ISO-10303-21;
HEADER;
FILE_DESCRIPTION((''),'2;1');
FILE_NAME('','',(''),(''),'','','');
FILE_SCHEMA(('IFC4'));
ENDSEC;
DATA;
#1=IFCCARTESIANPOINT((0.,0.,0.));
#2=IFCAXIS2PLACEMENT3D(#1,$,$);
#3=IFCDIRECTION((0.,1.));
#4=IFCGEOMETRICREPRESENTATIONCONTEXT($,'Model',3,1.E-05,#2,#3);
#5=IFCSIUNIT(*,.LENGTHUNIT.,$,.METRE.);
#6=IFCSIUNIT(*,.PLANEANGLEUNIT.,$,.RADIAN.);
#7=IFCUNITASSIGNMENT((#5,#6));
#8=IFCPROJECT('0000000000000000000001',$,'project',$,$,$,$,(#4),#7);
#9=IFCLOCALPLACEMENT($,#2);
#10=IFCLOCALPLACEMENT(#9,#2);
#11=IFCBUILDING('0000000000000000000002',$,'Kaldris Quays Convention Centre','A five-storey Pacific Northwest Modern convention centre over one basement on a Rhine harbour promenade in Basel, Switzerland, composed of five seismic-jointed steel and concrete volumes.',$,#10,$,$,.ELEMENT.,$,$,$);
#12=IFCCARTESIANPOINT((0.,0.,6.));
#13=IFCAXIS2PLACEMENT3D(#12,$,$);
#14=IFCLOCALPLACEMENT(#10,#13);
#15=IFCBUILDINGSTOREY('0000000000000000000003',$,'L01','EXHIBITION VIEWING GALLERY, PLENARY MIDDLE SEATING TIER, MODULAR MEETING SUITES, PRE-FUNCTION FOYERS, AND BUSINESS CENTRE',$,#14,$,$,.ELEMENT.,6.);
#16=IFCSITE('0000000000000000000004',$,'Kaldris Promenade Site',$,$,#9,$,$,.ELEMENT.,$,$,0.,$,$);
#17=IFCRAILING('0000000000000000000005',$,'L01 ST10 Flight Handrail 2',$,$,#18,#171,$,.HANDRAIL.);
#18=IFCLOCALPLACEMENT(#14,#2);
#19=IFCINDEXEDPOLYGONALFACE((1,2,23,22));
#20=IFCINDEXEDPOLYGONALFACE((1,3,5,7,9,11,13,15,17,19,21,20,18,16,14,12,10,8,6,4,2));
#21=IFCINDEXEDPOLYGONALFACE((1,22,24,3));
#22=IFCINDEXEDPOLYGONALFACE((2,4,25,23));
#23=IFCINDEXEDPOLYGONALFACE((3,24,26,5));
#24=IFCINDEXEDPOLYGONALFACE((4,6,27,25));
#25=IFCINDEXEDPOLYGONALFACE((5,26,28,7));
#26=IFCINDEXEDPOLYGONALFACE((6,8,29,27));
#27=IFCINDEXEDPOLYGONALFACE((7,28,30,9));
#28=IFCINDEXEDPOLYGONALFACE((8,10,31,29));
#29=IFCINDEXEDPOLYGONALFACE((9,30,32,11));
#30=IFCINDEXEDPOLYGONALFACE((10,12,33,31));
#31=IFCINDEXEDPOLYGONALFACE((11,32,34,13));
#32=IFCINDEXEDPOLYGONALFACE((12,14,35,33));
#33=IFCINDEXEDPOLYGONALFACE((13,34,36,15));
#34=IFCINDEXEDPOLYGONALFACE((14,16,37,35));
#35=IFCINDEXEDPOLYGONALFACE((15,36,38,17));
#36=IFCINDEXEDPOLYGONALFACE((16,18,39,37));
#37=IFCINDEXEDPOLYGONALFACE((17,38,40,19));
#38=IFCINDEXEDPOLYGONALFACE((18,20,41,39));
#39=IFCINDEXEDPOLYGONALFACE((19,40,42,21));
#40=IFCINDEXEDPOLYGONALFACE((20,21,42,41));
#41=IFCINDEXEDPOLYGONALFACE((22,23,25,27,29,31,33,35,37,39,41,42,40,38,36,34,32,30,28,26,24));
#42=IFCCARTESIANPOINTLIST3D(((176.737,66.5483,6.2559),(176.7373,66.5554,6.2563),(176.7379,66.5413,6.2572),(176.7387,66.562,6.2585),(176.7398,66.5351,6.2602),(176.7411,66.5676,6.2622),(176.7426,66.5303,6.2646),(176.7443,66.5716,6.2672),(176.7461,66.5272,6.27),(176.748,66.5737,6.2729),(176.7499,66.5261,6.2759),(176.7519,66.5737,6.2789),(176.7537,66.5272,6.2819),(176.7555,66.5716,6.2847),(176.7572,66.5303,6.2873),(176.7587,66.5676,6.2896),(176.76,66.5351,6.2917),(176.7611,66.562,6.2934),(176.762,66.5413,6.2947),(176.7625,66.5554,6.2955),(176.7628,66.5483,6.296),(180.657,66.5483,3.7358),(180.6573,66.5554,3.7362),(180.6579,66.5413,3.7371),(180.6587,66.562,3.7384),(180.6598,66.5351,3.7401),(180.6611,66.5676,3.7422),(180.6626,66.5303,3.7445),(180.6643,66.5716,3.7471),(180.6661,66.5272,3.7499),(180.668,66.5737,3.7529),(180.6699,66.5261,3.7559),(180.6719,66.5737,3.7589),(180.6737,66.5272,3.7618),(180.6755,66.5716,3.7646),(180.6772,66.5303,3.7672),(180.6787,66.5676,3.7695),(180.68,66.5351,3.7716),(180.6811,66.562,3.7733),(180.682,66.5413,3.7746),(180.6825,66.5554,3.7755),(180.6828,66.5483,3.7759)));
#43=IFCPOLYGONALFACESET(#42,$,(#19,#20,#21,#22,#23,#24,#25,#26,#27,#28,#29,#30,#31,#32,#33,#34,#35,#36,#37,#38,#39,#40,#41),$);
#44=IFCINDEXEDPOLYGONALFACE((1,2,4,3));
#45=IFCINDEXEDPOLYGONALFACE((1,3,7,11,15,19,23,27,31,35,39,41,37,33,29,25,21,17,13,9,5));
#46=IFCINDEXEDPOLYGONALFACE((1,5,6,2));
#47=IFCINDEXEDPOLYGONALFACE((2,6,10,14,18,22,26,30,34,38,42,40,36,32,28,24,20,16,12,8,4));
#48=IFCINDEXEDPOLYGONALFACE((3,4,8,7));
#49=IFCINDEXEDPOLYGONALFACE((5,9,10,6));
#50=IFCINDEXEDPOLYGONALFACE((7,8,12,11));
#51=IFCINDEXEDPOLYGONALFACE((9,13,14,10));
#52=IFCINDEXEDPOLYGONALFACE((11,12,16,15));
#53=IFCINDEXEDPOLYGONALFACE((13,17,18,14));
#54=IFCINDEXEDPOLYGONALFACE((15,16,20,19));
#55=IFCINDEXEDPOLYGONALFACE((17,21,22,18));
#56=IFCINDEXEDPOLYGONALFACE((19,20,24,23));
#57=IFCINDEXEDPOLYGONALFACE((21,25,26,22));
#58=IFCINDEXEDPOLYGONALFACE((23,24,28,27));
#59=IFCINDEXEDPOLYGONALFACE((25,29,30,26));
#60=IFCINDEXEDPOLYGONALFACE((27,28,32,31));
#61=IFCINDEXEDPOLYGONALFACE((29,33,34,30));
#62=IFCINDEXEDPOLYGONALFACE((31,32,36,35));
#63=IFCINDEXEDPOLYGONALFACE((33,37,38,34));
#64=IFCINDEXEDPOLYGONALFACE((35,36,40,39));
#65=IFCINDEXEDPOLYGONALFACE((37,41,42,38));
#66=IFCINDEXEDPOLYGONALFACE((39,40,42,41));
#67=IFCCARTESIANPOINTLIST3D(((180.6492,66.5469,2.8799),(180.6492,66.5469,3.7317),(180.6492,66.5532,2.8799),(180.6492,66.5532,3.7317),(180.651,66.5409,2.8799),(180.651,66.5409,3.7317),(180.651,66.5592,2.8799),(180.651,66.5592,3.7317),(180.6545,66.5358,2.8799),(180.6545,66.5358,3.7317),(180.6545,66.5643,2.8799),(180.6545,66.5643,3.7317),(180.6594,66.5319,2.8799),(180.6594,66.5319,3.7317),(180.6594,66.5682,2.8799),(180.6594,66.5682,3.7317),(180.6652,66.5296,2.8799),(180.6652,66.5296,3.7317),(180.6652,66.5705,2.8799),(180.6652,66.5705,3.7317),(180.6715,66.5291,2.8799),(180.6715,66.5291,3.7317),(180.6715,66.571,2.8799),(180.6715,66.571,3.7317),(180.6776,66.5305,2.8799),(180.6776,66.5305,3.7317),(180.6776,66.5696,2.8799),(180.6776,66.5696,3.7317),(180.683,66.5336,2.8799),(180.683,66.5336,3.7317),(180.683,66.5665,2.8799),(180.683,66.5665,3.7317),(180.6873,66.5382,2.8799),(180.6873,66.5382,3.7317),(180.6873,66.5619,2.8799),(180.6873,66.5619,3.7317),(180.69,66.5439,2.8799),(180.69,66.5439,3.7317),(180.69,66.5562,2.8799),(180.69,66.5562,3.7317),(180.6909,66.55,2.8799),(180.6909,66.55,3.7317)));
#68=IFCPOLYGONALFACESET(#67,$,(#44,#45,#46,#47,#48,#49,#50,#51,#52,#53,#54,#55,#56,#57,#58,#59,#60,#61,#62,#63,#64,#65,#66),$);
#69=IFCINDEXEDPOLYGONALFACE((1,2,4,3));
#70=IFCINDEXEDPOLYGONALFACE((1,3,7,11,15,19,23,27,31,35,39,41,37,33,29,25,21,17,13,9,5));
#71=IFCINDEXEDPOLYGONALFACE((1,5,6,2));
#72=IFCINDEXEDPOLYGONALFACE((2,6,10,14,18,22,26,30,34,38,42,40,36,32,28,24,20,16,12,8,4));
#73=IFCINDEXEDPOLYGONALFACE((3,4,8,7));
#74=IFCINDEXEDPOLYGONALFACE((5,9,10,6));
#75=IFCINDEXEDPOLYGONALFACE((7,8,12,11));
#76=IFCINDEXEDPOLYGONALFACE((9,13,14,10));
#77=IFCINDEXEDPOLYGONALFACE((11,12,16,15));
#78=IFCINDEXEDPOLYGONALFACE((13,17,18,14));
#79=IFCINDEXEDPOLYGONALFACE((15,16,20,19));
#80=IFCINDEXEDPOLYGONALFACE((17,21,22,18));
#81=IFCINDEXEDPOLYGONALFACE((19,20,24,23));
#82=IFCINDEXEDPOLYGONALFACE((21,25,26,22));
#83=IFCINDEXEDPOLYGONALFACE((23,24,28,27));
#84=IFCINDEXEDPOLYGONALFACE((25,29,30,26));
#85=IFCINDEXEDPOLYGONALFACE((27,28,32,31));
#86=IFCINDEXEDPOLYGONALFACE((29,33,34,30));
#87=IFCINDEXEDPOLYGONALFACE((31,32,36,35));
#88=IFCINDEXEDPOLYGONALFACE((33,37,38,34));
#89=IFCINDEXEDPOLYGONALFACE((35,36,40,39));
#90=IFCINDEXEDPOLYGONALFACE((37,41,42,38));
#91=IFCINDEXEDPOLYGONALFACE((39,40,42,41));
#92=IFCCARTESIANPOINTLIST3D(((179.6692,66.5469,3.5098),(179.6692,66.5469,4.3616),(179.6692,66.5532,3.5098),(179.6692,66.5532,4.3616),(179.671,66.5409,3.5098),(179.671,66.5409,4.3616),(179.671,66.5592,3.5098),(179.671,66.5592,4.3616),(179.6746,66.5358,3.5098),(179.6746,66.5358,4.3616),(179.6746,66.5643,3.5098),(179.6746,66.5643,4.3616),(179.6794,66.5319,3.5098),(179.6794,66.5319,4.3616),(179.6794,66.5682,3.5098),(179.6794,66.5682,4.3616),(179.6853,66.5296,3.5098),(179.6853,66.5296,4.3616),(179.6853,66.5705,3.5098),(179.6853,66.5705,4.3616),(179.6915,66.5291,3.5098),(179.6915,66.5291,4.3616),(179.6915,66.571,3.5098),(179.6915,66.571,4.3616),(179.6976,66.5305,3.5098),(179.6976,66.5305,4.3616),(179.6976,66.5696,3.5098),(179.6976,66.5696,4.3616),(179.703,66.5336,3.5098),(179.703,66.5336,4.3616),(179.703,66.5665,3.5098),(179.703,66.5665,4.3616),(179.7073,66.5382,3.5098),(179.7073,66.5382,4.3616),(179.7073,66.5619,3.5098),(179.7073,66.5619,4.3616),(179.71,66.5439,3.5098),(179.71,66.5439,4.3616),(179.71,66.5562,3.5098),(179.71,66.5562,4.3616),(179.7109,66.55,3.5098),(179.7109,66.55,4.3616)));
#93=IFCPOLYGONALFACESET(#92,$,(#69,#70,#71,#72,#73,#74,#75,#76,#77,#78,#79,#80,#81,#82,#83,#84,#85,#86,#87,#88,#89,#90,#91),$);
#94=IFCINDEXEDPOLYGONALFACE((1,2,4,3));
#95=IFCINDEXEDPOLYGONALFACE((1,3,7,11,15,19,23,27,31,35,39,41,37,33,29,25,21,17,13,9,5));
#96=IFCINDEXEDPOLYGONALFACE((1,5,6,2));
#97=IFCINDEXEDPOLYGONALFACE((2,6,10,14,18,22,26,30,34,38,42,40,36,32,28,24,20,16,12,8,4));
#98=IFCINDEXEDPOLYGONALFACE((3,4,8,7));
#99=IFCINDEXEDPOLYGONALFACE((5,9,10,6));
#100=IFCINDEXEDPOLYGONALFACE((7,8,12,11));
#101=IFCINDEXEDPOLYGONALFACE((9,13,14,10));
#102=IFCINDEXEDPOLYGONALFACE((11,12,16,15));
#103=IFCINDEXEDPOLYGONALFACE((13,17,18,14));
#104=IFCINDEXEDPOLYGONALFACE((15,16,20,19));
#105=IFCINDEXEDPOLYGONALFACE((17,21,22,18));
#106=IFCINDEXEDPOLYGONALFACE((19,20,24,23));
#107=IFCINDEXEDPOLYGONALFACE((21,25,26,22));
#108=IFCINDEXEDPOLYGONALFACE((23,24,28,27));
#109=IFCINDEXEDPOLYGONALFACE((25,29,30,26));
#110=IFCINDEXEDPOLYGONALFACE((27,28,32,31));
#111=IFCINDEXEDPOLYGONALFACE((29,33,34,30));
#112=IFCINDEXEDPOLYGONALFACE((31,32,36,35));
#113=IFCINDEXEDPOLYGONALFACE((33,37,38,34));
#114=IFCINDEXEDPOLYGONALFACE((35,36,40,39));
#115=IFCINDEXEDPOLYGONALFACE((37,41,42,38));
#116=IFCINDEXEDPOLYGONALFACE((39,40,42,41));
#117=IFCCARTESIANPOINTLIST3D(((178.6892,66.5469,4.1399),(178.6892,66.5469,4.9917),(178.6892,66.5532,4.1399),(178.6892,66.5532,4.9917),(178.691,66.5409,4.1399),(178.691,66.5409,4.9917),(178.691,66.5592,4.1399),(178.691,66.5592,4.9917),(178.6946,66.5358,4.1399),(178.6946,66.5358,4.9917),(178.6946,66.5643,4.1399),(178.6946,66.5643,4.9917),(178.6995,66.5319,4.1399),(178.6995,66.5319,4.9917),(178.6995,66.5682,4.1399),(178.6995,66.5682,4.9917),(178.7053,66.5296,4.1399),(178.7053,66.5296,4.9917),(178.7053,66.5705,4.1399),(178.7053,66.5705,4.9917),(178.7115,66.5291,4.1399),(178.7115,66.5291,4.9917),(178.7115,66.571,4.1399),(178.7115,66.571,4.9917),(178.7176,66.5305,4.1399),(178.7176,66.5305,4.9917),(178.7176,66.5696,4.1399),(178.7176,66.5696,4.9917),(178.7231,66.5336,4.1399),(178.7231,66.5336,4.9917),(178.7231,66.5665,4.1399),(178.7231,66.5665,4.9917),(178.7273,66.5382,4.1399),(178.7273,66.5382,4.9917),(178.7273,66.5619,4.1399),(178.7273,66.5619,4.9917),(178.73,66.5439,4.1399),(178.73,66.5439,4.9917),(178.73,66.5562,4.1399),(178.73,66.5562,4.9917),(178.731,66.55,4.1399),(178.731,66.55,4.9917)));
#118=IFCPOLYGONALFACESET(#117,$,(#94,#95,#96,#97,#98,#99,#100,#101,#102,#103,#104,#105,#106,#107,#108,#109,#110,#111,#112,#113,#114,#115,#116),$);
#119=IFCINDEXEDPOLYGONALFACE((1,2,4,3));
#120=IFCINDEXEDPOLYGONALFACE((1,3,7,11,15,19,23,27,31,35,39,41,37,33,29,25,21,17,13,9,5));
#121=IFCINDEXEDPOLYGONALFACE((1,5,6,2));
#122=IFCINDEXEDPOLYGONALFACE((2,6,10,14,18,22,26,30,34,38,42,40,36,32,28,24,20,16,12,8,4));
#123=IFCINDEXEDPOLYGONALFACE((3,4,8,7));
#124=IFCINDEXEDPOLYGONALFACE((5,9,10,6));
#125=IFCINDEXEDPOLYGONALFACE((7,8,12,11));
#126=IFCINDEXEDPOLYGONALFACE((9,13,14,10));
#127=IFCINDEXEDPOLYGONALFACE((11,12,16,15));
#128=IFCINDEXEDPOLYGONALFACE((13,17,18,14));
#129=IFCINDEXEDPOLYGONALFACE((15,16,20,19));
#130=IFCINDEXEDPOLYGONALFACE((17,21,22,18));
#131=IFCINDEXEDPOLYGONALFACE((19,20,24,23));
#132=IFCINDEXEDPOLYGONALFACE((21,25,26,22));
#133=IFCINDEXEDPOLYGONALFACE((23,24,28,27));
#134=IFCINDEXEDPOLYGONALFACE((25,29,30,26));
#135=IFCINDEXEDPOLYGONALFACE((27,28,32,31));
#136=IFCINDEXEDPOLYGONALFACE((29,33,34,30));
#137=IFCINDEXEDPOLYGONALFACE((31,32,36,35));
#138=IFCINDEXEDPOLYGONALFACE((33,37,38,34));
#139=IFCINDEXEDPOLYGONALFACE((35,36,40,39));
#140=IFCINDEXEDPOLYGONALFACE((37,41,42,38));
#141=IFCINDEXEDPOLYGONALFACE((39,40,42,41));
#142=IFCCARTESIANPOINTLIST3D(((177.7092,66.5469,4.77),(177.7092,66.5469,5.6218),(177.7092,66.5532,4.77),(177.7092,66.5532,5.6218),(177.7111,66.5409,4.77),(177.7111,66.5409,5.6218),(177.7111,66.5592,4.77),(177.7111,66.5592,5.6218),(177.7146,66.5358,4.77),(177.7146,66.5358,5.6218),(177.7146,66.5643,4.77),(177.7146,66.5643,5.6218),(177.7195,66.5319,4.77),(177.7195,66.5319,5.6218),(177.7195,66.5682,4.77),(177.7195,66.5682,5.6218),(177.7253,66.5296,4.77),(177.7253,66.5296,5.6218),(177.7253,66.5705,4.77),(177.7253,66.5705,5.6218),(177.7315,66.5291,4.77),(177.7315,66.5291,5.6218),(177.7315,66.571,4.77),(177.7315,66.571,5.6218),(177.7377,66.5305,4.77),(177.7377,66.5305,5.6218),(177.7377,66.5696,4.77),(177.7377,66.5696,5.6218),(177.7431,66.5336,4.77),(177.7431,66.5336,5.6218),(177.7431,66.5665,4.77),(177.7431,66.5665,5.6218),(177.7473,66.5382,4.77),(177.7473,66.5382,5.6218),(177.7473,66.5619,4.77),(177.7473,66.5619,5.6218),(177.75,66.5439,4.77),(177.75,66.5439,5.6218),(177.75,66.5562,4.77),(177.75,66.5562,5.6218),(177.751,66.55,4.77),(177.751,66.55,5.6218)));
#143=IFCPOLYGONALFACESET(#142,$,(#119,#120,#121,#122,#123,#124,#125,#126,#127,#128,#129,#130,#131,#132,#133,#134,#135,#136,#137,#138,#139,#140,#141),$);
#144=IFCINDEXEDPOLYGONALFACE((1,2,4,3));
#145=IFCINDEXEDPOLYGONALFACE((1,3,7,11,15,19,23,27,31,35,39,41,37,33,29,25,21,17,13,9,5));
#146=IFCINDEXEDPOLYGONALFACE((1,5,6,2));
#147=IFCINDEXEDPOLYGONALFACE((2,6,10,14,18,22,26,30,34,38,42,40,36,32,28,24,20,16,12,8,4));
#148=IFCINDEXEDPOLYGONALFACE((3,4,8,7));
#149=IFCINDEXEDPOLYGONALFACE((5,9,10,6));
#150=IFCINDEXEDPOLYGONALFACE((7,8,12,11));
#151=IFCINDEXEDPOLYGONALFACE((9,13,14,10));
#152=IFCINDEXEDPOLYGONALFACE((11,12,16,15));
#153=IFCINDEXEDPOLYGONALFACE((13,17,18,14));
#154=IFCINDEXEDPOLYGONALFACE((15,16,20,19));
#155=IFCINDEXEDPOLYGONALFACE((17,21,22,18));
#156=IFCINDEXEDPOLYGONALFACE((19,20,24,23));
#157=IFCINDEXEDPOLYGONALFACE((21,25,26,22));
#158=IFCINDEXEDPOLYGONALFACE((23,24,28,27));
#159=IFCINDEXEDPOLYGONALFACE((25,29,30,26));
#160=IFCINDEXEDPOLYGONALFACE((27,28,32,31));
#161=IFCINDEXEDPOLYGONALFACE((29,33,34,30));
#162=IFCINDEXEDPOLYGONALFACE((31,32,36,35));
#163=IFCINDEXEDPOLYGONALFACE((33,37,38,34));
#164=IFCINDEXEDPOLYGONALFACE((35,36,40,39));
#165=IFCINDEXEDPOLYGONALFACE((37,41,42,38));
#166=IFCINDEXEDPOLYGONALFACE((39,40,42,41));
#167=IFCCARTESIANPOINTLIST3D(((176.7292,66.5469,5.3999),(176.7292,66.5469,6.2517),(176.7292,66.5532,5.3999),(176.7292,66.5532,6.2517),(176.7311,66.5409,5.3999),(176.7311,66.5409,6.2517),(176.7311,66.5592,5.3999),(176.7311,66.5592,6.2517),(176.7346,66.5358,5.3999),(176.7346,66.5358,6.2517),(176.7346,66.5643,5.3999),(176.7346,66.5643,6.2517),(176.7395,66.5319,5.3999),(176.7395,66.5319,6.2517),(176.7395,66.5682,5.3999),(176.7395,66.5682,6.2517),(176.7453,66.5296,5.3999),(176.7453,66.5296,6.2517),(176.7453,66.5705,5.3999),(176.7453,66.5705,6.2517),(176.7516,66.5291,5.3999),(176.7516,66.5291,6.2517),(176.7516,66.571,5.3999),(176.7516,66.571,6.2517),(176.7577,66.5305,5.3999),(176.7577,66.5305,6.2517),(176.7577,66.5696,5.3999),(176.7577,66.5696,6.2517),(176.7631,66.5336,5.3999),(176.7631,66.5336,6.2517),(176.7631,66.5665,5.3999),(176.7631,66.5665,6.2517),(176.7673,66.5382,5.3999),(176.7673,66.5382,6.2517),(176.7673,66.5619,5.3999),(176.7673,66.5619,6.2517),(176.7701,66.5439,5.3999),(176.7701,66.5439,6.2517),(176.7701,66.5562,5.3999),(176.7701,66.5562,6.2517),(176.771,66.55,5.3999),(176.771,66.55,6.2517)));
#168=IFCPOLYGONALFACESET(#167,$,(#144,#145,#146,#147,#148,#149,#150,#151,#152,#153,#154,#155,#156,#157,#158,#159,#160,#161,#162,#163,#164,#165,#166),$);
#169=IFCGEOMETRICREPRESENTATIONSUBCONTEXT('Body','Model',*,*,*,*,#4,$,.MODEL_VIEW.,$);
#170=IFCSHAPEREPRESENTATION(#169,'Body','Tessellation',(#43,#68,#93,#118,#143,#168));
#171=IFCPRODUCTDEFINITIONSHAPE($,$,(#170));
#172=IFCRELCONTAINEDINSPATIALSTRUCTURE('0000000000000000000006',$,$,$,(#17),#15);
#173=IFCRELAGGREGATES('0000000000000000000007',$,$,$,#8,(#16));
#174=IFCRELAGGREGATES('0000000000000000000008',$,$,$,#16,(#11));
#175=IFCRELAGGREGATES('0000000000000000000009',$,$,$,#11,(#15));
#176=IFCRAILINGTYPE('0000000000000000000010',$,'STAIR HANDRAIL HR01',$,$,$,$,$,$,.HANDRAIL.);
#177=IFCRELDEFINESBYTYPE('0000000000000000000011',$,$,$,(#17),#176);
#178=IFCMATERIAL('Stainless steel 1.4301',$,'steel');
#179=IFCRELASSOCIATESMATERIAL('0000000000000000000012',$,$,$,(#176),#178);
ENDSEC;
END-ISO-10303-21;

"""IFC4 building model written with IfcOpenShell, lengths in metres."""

from ifc_helpers import new_model, si_unit, direction, frame, origin, origin_2d, place, context, subcontext, project, spatial, circle, extrude, material, type_object, element, save


model = new_model("IFC4")

# Units and contexts
model_context = context("Model", 3, precision=1e-05, world=origin(), true_north=direction((0.0, 1.0)))
body_context = subcontext(model_context, "Body", "Model", "MODEL_VIEW")
ifc_project = project(units=[si_unit("LENGTHUNIT", "METRE"), si_unit("PLANEANGLEUNIT", "RADIAN")], contexts=[model_context])

# Site, building, storey
site_placement = place(None, origin())
site = spatial("IfcSite", under=ifc_project, at=site_placement, Name="Kaldris Promenade Site", CompositionType="ELEMENT", RefElevation=0.0)
building_placement = place(site_placement, origin())
building = spatial("IfcBuilding", under=site, at=building_placement, Name="Kaldris Quays Convention Centre", Description="A five-storey Pacific Northwest Modern convention centre over one basement on a Rhine harbour promenade in Basel, Switzerland, composed of five seismic-jointed steel and concrete volumes.", CompositionType="ELEMENT")
storey_placement = place(building_placement, frame((0.0, 0.0, 6.0)))
storey = spatial("IfcBuildingStorey", under=building, at=storey_placement, Name="L01", Description="EXHIBITION VIEWING GALLERY, PLENARY MIDDLE SEATING TIER, MODULAR MEETING SUITES, PRE-FUNCTION FOYERS, AND BUSINESS CENTRE", CompositionType="ELEMENT", Elevation=6.0)

# Railing
ifc_material_1 = material(Name="Stainless steel 1.4301", Category="steel")
railing_type_1 = type_object("IfcRailingType", Name="STAIR HANDRAIL HR01", PredefinedType="HANDRAIL", material=ifc_material_1)
railing_1_placement = place(storey_placement, frame((180.6699, 66.55, 2.8799)))
element("IfcRailing", 1, at=railing_1_placement, inside=storey, type_object=railing_type_1, Name="L01 ST10 Flight Handrail 2", PredefinedType="HANDRAIL", context=body_context, shape_type="SweptSolid", body=[
    extrude(circle(Radius=0.0239, at=origin_2d()), frame((0.0, 0.0, 0.876), z_axis=(-0.841172, 0.0, 0.540768), x_axis=(0.0, -1.0, 0.0)), (0.0, 0.0, 1.0), 4.6602),
    extrude(circle(Radius=0.021, at=origin_2d()), origin(), (0.0, 0.0, 1.0), 0.8518),
    extrude(circle(Radius=0.021, at=origin_2d()), frame((-0.98, 0.0, 0.6299)), (0.0, 0.0, 1.0), 0.8518),
    extrude(circle(Radius=0.021, at=origin_2d()), frame((-1.96, 0.0, 1.26)), (0.0, 0.0, 1.0), 0.8518),
    extrude(circle(Radius=0.021, at=origin_2d()), frame((-2.9399, 0.0, 1.8901)), (0.0, 0.0, 1.0), 0.8518),
    extrude(circle(Radius=0.021, at=origin_2d()), frame((-3.9199, 0.0, 2.52)), (0.0, 0.0, 1.0), 0.8518),
])

save(model, "model.ifc")
